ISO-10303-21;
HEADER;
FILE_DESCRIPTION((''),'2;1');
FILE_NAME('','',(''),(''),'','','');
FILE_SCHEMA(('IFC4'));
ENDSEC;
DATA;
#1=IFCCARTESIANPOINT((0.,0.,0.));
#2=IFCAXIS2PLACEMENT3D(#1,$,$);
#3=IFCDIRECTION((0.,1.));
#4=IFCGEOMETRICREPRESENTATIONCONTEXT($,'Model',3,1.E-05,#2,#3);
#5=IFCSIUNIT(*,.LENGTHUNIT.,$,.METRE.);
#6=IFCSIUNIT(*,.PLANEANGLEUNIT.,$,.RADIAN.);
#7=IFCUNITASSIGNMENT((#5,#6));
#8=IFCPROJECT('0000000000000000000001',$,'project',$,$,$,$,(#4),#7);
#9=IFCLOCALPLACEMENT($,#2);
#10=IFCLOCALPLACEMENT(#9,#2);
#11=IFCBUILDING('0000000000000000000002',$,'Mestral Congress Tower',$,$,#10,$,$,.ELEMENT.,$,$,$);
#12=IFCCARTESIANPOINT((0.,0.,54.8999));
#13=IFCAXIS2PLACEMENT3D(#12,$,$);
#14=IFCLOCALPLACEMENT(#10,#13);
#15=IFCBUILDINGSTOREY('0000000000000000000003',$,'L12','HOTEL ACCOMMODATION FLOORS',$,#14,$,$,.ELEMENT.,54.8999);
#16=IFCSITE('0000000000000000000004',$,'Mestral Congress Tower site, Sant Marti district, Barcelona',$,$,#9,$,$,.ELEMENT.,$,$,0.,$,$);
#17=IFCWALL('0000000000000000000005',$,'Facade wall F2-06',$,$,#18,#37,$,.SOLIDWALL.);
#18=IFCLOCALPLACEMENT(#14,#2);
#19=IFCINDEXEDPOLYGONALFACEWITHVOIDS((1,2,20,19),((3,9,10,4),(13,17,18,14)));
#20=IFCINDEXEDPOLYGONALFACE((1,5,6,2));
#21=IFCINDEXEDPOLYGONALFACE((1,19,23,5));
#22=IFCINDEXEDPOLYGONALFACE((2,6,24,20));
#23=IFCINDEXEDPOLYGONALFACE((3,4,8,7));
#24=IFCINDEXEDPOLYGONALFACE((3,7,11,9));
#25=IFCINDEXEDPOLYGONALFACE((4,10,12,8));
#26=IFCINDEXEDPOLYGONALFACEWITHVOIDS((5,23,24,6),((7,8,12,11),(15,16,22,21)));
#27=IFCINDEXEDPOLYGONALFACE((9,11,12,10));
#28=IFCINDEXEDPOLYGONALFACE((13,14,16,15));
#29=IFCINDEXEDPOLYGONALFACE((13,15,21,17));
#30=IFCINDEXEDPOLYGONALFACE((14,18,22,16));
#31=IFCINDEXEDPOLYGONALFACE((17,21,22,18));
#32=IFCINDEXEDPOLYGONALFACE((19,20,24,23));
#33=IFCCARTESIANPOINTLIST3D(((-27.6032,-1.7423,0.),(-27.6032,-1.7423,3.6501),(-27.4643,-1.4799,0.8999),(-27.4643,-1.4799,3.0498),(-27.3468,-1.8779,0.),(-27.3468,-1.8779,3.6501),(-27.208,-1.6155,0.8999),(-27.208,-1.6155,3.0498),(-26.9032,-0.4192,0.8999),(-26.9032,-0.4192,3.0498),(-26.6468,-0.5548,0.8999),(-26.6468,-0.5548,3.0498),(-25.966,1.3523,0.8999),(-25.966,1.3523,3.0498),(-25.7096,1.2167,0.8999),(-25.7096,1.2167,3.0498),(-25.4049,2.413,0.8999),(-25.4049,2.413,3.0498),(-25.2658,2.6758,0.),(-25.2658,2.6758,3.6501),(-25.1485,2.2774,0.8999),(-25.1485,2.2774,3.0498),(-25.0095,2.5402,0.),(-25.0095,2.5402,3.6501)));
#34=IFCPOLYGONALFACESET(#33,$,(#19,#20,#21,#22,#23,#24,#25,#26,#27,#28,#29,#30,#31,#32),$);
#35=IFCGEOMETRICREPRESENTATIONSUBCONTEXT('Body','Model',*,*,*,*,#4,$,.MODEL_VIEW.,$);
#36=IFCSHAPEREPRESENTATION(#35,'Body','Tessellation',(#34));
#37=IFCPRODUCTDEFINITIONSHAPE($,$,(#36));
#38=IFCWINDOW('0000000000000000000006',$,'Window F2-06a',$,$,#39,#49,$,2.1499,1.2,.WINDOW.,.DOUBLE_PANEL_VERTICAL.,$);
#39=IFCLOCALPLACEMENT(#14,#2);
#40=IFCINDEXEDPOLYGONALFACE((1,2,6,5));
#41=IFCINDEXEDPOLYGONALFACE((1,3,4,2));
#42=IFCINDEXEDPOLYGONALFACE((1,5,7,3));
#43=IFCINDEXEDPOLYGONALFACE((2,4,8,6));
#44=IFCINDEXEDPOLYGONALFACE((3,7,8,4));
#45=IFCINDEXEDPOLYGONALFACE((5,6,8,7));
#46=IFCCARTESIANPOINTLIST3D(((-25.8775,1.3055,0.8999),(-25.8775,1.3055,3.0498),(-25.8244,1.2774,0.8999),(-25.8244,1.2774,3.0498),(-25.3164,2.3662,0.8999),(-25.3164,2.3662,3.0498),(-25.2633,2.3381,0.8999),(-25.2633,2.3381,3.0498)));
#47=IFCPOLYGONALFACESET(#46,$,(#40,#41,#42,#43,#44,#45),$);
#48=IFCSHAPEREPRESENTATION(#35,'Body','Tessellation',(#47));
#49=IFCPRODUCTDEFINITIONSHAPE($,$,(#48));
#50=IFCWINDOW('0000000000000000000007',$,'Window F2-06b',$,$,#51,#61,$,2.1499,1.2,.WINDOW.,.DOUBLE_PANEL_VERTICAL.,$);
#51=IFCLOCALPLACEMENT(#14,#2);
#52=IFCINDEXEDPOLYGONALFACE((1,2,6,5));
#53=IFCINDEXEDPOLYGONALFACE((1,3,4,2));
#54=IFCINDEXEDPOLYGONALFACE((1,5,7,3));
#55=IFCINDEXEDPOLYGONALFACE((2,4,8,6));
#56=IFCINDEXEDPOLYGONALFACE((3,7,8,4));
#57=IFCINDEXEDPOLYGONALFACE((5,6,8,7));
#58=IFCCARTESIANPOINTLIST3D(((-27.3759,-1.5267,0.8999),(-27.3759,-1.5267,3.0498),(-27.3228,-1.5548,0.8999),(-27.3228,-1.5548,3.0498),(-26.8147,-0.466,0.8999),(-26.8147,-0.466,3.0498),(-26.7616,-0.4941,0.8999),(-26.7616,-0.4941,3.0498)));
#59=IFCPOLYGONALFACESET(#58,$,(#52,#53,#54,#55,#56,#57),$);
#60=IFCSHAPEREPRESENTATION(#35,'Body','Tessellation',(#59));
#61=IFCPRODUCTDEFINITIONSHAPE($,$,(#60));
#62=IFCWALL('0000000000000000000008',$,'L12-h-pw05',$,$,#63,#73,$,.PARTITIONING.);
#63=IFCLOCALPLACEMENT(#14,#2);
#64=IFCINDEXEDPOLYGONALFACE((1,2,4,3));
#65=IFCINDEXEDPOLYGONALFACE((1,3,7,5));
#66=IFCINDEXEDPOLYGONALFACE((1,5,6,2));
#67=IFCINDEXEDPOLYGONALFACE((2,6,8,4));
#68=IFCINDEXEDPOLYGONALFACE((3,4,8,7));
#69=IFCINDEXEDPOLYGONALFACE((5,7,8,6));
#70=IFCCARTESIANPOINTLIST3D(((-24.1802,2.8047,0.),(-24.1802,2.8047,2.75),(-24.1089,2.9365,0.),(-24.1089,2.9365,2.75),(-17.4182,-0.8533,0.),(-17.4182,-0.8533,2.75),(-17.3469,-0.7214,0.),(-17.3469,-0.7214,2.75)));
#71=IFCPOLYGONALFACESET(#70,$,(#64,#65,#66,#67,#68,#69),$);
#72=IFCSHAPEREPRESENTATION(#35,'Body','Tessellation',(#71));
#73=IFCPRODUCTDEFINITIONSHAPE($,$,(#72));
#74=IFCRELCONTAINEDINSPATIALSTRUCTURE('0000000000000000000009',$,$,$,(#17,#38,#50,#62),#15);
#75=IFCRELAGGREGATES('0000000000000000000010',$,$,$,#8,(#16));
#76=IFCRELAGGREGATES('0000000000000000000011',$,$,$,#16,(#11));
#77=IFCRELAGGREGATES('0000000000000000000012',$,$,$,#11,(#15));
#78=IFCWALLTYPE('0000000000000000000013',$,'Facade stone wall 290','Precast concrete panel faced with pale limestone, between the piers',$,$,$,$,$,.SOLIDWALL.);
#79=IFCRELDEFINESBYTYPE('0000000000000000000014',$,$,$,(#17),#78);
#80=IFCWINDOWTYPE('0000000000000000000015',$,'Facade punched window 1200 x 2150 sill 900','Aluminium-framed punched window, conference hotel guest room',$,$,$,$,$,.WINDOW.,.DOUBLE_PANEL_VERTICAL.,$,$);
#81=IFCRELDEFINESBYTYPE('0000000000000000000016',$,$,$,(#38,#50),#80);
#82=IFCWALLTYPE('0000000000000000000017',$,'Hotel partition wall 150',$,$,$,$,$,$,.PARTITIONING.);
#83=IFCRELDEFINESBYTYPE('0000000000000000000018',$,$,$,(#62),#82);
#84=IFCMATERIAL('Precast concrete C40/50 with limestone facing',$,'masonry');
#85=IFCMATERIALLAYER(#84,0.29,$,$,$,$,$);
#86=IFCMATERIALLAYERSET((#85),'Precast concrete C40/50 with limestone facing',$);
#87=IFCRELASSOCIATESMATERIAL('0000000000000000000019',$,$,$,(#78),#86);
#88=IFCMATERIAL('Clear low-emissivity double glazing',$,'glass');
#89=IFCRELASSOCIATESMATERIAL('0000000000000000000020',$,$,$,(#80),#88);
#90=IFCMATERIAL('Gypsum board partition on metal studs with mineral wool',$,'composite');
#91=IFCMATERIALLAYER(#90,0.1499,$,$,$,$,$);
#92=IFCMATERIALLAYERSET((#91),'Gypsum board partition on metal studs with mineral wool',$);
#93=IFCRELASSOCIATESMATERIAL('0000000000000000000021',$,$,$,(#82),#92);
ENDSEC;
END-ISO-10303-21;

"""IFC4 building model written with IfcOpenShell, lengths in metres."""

from ifc_helpers import new_model, si_unit, direction, frame, frame_2d, origin, place, context, subcontext, project, spatial, rectangle, extrude, material, layer, layer_set, type_object, element, fill, save


model = new_model("IFC4")

# Units and contexts
model_context = context("Model", 3, precision=1e-05, world=origin(), true_north=direction((0.0, 1.0)))
body_context = subcontext(model_context, "Body", "Model", "MODEL_VIEW")
ifc_project = project(units=[si_unit("LENGTHUNIT", "METRE"), si_unit("PLANEANGLEUNIT", "RADIAN")], contexts=[model_context])

# Site, building, storey
site_placement = place(None, origin())
site = spatial("IfcSite", under=ifc_project, at=site_placement, Name="Mestral Congress Tower site, Sant Marti district, Barcelona", CompositionType="ELEMENT", RefElevation=0.0)
building_placement = place(site_placement, origin())
building = spatial("IfcBuilding", under=site, at=building_placement, Name="Mestral Congress Tower", CompositionType="ELEMENT")
storey_placement = place(building_placement, frame((0.0, 0.0, 54.8999)))
storey = spatial("IfcBuildingStorey", under=building, at=storey_placement, Name="L12", Description="HOTEL ACCOMMODATION FLOORS", CompositionType="ELEMENT", Elevation=54.8999)

# Wall, openings, windows
ifc_material_1 = material(Name="Precast concrete C40/50 with limestone facing", Category="masonry")
ifc_layer_1 = layer(ifc_material_1, 0.29)
ifc_layer_set_1 = layer_set([ifc_layer_1], Name="Precast concrete C40/50 with limestone facing")
wall_type_1 = type_object("IfcWallType", Name="Facade stone wall 290", Description="Precast concrete panel faced with pale limestone, between the piers", PredefinedType="SOLIDWALL", material=ifc_layer_set_1)
ifc_material_2 = material(Name="Clear low-emissivity double glazing", Category="glass")
window_type = type_object("IfcWindowType", Name="Facade punched window 1200 x 2150 sill 900", Description="Aluminium-framed punched window, conference hotel guest room", PartitioningType="DOUBLE_PANEL_VERTICAL", PredefinedType="WINDOW", material=ifc_material_2)
wall_1_placement = place(storey_placement, frame((-25.1377, 2.6079, 0.0), z_axis=(0.0, 0.0, 1.0), x_axis=(-0.46763, -0.883925, 0.0)))
wall_1 = element("IfcWall", 1, at=wall_1_placement, inside=storey, type_object=wall_type_1, Name="Facade wall F2-06", PredefinedType="SOLIDWALL", context=body_context, shape_type="SweptSolid", body=[
    extrude(rectangle(XDim=4.9983, YDim=0.29, at=frame_2d((2.499, 0.0))), origin(), (0.0, 0.0, 1.0), 3.6501),
])
opening_1_placement = place(wall_1_placement, frame((0.2971, 0.0, 0.8999)))
opening_1 = element("IfcOpeningElement", 2, at=opening_1_placement, cuts=wall_1, PredefinedType="OPENING", context=body_context, shape_type="SweptSolid", body=[
    extrude(rectangle(XDim=1.2, YDim=2.1499, at=frame_2d((0.6001, 1.075))), frame((0.0, 0.155, 0.0), z_axis=(0.0, -1.0, 0.0), x_axis=(1.0, 0.0, 0.0)), (0.0, 0.0, 1.0), 0.3101),
])
opening_2_placement = place(wall_1_placement, frame((3.5012, 0.0, 0.8999)))
opening_2 = element("IfcOpeningElement", 3, at=opening_2_placement, cuts=wall_1, PredefinedType="OPENING", context=body_context, shape_type="SweptSolid", body=[
    extrude(rectangle(XDim=1.2, YDim=2.1499, at=frame_2d((0.6001, 1.075))), frame((0.0, 0.155, 0.0), z_axis=(0.0, -1.0, 0.0), x_axis=(1.0, 0.0, 0.0)), (0.0, 0.0, 1.0), 0.3101),
])
window_1_placement = place(opening_1_placement, origin())
window_1 = element("IfcWindow", 4, at=window_1_placement, inside=storey, type_object=window_type, Name="Window F2-06a", OverallHeight=2.1499, OverallWidth=1.2, PartitioningType="DOUBLE_PANEL_VERTICAL", PredefinedType="WINDOW", context=body_context, shape_type="SweptSolid", body=[
    extrude(rectangle(XDim=1.2, YDim=2.1499, at=frame_2d((0.6001, 1.075))), frame((0.0, 0.0151, 0.0), z_axis=(0.0, -1.0, 0.0), x_axis=(1.0, 0.0, 0.0)), (0.0, 0.0, 1.0), 0.0601),
])
fill(opening_1, window_1)
window_2_placement = place(opening_2_placement, origin())
window_2 = element("IfcWindow", 5, at=window_2_placement, inside=storey, type_object=window_type, Name="Window F2-06b", OverallHeight=2.1499, OverallWidth=1.2, PartitioningType="DOUBLE_PANEL_VERTICAL", PredefinedType="WINDOW", context=body_context, shape_type="SweptSolid", body=[
    extrude(rectangle(XDim=1.2, YDim=2.1499, at=frame_2d((0.6001, 1.075))), frame((0.0, 0.0151, 0.0), z_axis=(0.0, -1.0, 0.0), x_axis=(1.0, 0.0, 0.0)), (0.0, 0.0, 1.0), 0.0601),
])
fill(opening_2, window_2)

# Wall
ifc_material_3 = material(Name="Gypsum board partition on metal studs with mineral wool", Category="composite")
ifc_layer_2 = layer(ifc_material_3, 0.1499)
ifc_layer_set_2 = layer_set([ifc_layer_2], Name="Gypsum board partition on metal studs with mineral wool")
wall_type_2 = type_object("IfcWallType", Name="Hotel partition wall 150", PredefinedType="PARTITIONING", material=ifc_layer_set_2)
wall_2_placement = place(storey_placement, frame((-24.1445, 2.8706, 0.0), z_axis=(0.0, 0.0, 1.0), x_axis=(0.879552, -0.475803, 0.0)))
element("IfcWall", 6, at=wall_2_placement, inside=storey, type_object=wall_type_2, Name="L12-h-pw05", PredefinedType="PARTITIONING", context=body_context, shape_type="SweptSolid", body=[
    extrude(rectangle(XDim=7.688, YDim=0.1499, at=frame_2d((3.844, 0.0))), origin(), (0.0, 0.0, 1.0), 2.75),
])

save(model, "model.ifc")
